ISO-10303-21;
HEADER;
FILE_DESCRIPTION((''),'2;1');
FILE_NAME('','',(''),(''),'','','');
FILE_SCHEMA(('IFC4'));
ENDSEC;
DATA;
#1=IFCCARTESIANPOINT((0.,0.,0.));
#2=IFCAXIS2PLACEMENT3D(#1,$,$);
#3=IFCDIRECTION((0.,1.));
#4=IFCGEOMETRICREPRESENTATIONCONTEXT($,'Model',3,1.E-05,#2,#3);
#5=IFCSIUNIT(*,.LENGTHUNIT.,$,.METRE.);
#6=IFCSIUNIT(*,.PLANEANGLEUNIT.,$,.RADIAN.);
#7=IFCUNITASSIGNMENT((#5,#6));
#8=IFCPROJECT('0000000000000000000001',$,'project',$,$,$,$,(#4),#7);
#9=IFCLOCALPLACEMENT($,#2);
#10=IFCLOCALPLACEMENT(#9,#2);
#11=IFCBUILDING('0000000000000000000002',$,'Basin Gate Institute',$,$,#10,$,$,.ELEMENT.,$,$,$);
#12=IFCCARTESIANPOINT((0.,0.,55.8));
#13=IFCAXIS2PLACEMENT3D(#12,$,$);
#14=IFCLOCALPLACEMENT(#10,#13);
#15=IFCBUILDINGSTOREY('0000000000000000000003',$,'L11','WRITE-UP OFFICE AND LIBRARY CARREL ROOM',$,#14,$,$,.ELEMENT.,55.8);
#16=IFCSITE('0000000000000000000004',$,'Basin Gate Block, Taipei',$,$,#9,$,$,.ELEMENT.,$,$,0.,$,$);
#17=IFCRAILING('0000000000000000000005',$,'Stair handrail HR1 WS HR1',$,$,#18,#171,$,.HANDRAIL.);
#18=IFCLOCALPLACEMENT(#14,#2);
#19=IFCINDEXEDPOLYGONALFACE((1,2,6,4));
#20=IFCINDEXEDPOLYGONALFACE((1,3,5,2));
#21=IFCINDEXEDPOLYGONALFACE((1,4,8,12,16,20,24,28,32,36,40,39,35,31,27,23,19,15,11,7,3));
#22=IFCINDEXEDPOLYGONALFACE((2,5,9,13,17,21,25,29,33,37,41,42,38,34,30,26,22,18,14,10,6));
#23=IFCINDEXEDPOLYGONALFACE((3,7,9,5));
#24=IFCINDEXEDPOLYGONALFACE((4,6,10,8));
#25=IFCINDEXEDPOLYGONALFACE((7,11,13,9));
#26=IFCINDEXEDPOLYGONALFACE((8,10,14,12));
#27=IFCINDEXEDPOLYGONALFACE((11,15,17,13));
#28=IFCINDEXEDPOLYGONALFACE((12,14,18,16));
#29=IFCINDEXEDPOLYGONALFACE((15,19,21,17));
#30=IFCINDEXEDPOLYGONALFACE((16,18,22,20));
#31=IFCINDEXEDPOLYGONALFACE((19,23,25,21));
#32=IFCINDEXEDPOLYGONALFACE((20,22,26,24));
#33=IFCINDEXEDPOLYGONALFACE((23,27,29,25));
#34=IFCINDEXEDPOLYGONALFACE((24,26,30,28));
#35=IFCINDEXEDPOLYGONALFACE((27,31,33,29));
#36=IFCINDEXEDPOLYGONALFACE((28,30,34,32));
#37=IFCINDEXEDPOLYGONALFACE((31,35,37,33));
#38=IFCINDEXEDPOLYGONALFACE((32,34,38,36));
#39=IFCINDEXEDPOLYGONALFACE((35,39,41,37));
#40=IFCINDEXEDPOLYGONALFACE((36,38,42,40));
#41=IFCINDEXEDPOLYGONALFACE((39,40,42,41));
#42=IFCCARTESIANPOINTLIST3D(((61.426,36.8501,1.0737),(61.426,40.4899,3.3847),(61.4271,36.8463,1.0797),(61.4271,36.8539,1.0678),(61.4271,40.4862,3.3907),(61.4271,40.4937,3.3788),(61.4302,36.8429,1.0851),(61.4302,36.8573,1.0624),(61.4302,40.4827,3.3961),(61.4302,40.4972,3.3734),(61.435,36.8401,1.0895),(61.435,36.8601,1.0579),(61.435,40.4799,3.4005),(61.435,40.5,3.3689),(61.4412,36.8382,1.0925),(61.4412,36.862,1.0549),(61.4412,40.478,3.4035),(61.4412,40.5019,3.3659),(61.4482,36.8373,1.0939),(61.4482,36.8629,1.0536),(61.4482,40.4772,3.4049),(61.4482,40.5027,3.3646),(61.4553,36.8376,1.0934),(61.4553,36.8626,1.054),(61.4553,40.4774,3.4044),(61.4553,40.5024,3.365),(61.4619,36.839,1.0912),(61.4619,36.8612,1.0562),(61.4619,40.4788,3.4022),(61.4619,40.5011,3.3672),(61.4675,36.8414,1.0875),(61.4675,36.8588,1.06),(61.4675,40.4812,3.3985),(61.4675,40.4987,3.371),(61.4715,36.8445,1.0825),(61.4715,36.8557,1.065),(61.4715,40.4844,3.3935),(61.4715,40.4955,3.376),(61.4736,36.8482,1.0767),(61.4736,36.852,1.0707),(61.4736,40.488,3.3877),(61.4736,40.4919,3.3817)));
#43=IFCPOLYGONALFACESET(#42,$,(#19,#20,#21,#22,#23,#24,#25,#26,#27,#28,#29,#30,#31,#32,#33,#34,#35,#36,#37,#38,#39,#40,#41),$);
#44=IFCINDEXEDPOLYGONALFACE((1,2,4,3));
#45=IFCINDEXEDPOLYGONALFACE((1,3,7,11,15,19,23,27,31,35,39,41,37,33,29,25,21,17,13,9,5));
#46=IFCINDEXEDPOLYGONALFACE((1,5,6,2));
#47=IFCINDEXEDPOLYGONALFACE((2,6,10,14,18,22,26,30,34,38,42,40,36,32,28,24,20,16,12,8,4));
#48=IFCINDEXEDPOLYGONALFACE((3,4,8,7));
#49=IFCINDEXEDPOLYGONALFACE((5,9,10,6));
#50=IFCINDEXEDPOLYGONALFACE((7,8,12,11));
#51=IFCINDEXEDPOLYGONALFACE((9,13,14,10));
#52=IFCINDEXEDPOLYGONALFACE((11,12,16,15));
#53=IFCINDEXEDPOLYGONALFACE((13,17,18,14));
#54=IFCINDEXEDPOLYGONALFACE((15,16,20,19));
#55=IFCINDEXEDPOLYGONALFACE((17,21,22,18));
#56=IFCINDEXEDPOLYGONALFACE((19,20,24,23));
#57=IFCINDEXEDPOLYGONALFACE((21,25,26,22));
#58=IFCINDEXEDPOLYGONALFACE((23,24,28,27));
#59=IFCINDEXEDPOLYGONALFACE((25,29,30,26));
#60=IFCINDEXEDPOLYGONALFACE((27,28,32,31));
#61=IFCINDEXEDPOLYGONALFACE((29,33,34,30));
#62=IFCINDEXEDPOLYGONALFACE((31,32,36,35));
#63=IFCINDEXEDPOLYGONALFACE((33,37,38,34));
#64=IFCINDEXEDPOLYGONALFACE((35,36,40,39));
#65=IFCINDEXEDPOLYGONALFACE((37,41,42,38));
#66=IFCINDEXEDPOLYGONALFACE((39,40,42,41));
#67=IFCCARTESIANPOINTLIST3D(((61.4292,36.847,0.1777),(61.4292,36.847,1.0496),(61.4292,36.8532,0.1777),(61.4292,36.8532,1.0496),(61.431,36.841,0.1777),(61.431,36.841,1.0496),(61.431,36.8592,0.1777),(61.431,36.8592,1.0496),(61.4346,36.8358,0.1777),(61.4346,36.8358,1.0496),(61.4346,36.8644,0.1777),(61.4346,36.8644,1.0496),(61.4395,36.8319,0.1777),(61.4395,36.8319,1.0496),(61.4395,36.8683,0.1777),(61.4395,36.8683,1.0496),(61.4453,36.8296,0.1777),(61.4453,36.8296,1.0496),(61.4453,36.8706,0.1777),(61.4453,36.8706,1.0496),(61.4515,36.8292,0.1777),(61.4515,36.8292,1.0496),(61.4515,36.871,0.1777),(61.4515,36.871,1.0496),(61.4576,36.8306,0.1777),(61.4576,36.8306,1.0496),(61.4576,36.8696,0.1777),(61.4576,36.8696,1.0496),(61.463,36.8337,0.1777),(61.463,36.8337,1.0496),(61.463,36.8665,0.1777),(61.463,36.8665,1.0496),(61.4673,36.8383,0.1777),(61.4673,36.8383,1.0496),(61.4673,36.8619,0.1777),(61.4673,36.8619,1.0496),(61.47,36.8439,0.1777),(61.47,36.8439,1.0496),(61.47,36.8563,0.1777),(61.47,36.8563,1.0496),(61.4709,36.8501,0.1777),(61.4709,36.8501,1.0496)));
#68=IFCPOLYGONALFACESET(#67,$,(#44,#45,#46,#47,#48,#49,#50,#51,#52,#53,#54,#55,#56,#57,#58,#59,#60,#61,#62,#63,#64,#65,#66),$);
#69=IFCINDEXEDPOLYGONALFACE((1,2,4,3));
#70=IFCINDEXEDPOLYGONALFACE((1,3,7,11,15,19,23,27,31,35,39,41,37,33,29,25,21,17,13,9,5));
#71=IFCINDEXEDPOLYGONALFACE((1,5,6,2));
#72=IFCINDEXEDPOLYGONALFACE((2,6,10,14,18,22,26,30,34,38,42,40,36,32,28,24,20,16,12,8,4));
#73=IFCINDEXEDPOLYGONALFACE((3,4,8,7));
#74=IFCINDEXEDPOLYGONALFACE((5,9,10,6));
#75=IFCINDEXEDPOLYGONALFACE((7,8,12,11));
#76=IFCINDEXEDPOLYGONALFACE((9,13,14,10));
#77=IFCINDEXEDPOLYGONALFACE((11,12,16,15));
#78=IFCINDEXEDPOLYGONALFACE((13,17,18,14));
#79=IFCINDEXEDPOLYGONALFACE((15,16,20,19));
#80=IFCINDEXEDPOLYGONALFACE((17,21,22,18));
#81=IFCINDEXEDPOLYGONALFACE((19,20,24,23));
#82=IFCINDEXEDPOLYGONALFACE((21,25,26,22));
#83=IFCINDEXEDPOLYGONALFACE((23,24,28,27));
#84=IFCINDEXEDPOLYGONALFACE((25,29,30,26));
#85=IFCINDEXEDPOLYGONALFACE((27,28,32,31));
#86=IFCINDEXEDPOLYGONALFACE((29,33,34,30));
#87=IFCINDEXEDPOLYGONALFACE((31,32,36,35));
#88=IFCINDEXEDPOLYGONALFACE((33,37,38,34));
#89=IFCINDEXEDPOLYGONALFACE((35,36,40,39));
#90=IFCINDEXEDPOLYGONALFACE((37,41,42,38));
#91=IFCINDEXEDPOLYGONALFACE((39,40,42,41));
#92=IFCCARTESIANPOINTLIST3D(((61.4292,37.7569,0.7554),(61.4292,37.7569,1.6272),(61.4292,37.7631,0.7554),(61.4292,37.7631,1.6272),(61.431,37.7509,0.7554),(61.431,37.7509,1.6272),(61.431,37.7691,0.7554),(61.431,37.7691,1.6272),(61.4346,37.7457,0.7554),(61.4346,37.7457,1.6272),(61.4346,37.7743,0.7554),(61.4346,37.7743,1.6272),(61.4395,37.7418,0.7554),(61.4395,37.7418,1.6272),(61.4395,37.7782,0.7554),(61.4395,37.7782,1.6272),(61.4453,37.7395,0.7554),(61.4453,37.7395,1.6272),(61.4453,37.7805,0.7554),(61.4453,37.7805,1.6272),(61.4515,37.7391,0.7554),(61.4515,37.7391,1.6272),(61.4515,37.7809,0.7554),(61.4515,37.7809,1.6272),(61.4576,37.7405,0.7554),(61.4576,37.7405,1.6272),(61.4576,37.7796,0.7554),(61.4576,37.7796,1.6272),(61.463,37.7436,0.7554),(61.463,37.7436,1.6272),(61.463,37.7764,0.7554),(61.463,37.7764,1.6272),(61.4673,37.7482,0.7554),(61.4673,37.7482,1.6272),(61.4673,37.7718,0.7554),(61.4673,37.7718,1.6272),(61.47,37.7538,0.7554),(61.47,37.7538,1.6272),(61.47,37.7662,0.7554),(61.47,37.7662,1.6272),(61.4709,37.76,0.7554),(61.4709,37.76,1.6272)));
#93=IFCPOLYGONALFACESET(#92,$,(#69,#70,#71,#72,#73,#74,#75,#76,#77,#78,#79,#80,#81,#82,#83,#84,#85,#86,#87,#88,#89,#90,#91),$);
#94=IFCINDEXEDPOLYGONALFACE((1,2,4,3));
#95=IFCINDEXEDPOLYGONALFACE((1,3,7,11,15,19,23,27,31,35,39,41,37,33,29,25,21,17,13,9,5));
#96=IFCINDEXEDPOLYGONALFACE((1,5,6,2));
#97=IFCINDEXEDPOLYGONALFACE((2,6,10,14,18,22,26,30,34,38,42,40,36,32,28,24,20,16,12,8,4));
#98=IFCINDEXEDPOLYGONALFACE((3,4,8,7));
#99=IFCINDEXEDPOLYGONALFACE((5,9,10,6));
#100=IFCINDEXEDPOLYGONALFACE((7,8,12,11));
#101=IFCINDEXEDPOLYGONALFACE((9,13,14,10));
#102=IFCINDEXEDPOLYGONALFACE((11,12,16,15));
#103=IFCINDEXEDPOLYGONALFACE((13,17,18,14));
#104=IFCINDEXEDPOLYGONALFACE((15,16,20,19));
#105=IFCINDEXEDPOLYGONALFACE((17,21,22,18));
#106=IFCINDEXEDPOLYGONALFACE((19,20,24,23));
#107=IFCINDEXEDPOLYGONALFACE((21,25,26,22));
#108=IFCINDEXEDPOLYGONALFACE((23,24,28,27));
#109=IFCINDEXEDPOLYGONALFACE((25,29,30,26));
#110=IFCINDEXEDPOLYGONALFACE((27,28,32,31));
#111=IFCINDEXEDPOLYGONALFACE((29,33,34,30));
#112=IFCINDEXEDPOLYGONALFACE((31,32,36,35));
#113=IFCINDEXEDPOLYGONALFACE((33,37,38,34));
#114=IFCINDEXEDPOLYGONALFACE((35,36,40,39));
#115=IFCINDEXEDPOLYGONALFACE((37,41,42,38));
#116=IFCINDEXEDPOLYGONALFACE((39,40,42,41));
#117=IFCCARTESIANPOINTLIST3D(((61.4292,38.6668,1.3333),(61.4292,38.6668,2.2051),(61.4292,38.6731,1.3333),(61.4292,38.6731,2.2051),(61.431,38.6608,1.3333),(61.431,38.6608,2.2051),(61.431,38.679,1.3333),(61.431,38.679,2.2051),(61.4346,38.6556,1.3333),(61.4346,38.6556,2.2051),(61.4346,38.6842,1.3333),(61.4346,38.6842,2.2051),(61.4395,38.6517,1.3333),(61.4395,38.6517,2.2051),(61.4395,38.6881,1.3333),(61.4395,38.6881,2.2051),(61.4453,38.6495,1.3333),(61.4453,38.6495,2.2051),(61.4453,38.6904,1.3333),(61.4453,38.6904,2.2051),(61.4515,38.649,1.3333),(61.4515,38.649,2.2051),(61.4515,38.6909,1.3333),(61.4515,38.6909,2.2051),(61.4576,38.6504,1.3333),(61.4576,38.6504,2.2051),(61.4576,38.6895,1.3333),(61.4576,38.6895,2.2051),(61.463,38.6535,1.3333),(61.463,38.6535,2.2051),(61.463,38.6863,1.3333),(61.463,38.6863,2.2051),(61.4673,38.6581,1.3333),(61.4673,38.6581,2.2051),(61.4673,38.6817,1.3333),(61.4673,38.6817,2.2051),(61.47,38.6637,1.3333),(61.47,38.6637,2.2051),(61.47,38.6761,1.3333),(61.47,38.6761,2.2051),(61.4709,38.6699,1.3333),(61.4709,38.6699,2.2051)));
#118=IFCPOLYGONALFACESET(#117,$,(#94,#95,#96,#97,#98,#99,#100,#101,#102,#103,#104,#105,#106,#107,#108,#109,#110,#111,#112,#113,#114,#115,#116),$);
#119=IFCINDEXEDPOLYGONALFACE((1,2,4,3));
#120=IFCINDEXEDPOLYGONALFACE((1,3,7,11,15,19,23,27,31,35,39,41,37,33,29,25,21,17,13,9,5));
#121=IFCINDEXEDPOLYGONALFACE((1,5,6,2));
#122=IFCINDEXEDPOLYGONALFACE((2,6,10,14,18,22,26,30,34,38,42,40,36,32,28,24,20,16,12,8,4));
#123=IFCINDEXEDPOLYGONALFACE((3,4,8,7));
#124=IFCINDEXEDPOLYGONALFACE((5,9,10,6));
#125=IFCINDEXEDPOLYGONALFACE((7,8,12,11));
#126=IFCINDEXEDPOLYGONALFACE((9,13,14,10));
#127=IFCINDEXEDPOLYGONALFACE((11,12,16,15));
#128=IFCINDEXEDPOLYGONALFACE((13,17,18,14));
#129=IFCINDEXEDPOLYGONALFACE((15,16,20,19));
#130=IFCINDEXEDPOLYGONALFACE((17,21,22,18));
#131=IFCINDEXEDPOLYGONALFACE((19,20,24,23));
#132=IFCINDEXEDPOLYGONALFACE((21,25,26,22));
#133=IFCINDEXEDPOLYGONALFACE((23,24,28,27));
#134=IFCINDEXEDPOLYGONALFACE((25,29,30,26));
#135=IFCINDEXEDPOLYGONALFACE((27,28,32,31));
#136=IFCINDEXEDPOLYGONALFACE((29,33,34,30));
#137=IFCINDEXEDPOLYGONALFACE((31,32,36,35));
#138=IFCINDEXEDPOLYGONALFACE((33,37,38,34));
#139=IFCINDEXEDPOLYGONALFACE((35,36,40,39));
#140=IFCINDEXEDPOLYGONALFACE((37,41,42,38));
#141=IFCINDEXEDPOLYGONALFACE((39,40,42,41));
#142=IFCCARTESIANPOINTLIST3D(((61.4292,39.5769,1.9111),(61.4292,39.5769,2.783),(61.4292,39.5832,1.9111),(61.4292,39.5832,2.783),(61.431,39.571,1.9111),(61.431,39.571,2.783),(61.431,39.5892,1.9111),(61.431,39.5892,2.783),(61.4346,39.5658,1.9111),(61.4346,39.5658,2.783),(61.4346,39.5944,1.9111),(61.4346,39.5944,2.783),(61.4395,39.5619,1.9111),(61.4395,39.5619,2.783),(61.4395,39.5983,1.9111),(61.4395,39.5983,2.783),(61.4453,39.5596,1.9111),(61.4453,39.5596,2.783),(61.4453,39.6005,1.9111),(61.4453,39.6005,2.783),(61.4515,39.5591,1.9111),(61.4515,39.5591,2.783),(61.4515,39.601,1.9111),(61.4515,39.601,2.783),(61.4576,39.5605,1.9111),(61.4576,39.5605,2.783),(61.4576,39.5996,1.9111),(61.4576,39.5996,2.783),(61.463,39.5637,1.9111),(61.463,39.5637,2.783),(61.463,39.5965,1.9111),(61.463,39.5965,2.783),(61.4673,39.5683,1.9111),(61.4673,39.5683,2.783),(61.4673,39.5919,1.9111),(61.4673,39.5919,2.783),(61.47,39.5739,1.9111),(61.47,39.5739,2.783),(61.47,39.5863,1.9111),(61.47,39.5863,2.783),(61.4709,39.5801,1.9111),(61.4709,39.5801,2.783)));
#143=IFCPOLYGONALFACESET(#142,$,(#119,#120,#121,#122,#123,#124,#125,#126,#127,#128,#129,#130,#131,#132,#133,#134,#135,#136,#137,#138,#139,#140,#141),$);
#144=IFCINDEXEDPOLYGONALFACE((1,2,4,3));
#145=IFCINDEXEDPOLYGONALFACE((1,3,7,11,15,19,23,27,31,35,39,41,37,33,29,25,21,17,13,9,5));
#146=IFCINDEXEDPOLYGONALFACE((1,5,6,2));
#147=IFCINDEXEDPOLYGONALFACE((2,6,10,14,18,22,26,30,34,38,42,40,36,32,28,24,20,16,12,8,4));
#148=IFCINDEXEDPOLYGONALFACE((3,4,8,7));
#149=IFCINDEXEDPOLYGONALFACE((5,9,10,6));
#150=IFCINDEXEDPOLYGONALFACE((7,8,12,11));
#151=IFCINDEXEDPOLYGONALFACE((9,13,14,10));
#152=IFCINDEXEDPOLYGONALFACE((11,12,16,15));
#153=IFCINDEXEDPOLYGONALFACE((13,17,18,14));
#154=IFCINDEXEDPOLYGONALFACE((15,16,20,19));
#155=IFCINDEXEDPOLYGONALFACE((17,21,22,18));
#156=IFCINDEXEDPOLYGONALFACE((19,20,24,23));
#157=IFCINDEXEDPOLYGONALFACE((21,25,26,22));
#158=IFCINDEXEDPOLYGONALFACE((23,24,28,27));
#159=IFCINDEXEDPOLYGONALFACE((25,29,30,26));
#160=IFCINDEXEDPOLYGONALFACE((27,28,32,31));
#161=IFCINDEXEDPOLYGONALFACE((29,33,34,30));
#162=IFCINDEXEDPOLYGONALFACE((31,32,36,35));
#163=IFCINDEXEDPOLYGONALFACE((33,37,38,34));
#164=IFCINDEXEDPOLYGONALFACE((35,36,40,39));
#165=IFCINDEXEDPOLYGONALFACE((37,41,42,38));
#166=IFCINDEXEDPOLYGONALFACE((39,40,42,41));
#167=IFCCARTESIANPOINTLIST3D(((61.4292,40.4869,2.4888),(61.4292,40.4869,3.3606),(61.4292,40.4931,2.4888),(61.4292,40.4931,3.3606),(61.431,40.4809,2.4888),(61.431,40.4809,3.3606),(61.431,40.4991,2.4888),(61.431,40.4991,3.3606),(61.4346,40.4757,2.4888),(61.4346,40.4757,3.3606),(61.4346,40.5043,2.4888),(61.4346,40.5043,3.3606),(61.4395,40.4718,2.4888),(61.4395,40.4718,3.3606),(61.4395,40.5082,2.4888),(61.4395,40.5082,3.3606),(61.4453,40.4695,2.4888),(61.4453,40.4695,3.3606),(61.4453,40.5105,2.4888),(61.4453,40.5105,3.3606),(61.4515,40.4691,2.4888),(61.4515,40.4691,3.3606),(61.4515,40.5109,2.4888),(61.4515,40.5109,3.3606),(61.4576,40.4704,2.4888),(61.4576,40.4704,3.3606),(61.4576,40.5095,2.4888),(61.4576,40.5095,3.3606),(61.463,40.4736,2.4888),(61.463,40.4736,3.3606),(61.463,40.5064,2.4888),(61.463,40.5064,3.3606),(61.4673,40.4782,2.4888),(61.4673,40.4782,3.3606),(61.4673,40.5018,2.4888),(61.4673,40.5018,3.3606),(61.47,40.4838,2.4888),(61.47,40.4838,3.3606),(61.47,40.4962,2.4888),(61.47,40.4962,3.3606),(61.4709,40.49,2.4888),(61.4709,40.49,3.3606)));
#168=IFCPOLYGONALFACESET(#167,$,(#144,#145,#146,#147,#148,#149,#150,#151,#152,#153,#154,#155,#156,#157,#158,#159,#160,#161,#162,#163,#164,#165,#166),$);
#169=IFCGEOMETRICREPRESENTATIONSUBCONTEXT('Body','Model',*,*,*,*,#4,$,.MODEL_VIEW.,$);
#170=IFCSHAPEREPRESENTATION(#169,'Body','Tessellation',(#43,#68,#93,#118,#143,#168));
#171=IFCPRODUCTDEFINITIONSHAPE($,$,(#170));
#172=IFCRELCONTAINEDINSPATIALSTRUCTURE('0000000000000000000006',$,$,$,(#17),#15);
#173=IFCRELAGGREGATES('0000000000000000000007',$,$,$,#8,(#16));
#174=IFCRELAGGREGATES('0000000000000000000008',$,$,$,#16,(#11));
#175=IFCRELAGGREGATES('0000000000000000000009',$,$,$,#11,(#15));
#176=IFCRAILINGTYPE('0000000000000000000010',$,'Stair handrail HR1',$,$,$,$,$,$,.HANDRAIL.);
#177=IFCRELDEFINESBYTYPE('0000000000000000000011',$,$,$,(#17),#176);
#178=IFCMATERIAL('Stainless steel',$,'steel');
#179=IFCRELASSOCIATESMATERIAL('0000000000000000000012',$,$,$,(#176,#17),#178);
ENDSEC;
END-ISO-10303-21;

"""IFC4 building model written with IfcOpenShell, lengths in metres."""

from ifc_helpers import new_model, si_unit, direction, frame, origin, origin_2d, place, context, subcontext, project, spatial, circle, extrude, material, type_object, element, save


model = new_model("IFC4")

# Units and contexts
model_context = context("Model", 3, precision=1e-05, world=origin(), true_north=direction((0.0, 1.0)))
body_context = subcontext(model_context, "Body", "Model", "MODEL_VIEW")
ifc_project = project(units=[si_unit("LENGTHUNIT", "METRE"), si_unit("PLANEANGLEUNIT", "RADIAN")], contexts=[model_context])

# Site, building, storey
site_placement = place(None, origin())
site = spatial("IfcSite", under=ifc_project, at=site_placement, Name="Basin Gate Block, Taipei", CompositionType="ELEMENT", RefElevation=0.0)
building_placement = place(site_placement, origin())
building = spatial("IfcBuilding", under=site, at=building_placement, Name="Basin Gate Institute", CompositionType="ELEMENT")
storey_placement = place(building_placement, frame((0.0, 0.0, 55.8)))
storey = spatial("IfcBuildingStorey", under=building, at=storey_placement, Name="L11", Description="WRITE-UP OFFICE AND LIBRARY CARREL ROOM", CompositionType="ELEMENT", Elevation=55.8)

# Railing
ifc_material_1 = material(Name="Stainless steel", Category="steel")
railing_type_1 = type_object("IfcRailingType", Name="Stair handrail HR1", PredefinedType="HANDRAIL", material=ifc_material_1)
for number, where, name in (
    (1, (61.45, 36.8501, 0.1777), "Stair handrail HR1 WS HR1"),
):
    element("IfcRailing", number, at=place(storey_placement, frame(where)), inside=storey, type_object=railing_type_1, material=ifc_material_1, Name=name, PredefinedType="HANDRAIL", context=body_context, shape_type="SweptSolid", body=[
        extrude(circle(Radius=0.0239, at=origin_2d()), frame((0.0, 0.0, 0.896), z_axis=(0.0, 0.844214, 0.536007), x_axis=(-1.0, 0.0, 0.0)), (0.0, 0.0, 1.0), 4.3115),
        extrude(circle(Radius=0.021, at=origin_2d()), origin(), (0.0, 0.0, 1.0), 0.8718),
        extrude(circle(Radius=0.021, at=origin_2d()), frame((0.0, 0.9099, 0.5776)), (0.0, 0.0, 1.0), 0.8718),
        extrude(circle(Radius=0.021, at=origin_2d()), frame((0.0, 1.8198, 1.1555)), (0.0, 0.0, 1.0), 0.8718),
        extrude(circle(Radius=0.021, at=origin_2d()), frame((0.0, 2.73, 1.7334)), (0.0, 0.0, 1.0), 0.8718),
        extrude(circle(Radius=0.021, at=origin_2d()), frame((0.0, 3.6399, 2.311)), (0.0, 0.0, 1.0), 0.8718),
    ])

save(model, "model.ifc")
